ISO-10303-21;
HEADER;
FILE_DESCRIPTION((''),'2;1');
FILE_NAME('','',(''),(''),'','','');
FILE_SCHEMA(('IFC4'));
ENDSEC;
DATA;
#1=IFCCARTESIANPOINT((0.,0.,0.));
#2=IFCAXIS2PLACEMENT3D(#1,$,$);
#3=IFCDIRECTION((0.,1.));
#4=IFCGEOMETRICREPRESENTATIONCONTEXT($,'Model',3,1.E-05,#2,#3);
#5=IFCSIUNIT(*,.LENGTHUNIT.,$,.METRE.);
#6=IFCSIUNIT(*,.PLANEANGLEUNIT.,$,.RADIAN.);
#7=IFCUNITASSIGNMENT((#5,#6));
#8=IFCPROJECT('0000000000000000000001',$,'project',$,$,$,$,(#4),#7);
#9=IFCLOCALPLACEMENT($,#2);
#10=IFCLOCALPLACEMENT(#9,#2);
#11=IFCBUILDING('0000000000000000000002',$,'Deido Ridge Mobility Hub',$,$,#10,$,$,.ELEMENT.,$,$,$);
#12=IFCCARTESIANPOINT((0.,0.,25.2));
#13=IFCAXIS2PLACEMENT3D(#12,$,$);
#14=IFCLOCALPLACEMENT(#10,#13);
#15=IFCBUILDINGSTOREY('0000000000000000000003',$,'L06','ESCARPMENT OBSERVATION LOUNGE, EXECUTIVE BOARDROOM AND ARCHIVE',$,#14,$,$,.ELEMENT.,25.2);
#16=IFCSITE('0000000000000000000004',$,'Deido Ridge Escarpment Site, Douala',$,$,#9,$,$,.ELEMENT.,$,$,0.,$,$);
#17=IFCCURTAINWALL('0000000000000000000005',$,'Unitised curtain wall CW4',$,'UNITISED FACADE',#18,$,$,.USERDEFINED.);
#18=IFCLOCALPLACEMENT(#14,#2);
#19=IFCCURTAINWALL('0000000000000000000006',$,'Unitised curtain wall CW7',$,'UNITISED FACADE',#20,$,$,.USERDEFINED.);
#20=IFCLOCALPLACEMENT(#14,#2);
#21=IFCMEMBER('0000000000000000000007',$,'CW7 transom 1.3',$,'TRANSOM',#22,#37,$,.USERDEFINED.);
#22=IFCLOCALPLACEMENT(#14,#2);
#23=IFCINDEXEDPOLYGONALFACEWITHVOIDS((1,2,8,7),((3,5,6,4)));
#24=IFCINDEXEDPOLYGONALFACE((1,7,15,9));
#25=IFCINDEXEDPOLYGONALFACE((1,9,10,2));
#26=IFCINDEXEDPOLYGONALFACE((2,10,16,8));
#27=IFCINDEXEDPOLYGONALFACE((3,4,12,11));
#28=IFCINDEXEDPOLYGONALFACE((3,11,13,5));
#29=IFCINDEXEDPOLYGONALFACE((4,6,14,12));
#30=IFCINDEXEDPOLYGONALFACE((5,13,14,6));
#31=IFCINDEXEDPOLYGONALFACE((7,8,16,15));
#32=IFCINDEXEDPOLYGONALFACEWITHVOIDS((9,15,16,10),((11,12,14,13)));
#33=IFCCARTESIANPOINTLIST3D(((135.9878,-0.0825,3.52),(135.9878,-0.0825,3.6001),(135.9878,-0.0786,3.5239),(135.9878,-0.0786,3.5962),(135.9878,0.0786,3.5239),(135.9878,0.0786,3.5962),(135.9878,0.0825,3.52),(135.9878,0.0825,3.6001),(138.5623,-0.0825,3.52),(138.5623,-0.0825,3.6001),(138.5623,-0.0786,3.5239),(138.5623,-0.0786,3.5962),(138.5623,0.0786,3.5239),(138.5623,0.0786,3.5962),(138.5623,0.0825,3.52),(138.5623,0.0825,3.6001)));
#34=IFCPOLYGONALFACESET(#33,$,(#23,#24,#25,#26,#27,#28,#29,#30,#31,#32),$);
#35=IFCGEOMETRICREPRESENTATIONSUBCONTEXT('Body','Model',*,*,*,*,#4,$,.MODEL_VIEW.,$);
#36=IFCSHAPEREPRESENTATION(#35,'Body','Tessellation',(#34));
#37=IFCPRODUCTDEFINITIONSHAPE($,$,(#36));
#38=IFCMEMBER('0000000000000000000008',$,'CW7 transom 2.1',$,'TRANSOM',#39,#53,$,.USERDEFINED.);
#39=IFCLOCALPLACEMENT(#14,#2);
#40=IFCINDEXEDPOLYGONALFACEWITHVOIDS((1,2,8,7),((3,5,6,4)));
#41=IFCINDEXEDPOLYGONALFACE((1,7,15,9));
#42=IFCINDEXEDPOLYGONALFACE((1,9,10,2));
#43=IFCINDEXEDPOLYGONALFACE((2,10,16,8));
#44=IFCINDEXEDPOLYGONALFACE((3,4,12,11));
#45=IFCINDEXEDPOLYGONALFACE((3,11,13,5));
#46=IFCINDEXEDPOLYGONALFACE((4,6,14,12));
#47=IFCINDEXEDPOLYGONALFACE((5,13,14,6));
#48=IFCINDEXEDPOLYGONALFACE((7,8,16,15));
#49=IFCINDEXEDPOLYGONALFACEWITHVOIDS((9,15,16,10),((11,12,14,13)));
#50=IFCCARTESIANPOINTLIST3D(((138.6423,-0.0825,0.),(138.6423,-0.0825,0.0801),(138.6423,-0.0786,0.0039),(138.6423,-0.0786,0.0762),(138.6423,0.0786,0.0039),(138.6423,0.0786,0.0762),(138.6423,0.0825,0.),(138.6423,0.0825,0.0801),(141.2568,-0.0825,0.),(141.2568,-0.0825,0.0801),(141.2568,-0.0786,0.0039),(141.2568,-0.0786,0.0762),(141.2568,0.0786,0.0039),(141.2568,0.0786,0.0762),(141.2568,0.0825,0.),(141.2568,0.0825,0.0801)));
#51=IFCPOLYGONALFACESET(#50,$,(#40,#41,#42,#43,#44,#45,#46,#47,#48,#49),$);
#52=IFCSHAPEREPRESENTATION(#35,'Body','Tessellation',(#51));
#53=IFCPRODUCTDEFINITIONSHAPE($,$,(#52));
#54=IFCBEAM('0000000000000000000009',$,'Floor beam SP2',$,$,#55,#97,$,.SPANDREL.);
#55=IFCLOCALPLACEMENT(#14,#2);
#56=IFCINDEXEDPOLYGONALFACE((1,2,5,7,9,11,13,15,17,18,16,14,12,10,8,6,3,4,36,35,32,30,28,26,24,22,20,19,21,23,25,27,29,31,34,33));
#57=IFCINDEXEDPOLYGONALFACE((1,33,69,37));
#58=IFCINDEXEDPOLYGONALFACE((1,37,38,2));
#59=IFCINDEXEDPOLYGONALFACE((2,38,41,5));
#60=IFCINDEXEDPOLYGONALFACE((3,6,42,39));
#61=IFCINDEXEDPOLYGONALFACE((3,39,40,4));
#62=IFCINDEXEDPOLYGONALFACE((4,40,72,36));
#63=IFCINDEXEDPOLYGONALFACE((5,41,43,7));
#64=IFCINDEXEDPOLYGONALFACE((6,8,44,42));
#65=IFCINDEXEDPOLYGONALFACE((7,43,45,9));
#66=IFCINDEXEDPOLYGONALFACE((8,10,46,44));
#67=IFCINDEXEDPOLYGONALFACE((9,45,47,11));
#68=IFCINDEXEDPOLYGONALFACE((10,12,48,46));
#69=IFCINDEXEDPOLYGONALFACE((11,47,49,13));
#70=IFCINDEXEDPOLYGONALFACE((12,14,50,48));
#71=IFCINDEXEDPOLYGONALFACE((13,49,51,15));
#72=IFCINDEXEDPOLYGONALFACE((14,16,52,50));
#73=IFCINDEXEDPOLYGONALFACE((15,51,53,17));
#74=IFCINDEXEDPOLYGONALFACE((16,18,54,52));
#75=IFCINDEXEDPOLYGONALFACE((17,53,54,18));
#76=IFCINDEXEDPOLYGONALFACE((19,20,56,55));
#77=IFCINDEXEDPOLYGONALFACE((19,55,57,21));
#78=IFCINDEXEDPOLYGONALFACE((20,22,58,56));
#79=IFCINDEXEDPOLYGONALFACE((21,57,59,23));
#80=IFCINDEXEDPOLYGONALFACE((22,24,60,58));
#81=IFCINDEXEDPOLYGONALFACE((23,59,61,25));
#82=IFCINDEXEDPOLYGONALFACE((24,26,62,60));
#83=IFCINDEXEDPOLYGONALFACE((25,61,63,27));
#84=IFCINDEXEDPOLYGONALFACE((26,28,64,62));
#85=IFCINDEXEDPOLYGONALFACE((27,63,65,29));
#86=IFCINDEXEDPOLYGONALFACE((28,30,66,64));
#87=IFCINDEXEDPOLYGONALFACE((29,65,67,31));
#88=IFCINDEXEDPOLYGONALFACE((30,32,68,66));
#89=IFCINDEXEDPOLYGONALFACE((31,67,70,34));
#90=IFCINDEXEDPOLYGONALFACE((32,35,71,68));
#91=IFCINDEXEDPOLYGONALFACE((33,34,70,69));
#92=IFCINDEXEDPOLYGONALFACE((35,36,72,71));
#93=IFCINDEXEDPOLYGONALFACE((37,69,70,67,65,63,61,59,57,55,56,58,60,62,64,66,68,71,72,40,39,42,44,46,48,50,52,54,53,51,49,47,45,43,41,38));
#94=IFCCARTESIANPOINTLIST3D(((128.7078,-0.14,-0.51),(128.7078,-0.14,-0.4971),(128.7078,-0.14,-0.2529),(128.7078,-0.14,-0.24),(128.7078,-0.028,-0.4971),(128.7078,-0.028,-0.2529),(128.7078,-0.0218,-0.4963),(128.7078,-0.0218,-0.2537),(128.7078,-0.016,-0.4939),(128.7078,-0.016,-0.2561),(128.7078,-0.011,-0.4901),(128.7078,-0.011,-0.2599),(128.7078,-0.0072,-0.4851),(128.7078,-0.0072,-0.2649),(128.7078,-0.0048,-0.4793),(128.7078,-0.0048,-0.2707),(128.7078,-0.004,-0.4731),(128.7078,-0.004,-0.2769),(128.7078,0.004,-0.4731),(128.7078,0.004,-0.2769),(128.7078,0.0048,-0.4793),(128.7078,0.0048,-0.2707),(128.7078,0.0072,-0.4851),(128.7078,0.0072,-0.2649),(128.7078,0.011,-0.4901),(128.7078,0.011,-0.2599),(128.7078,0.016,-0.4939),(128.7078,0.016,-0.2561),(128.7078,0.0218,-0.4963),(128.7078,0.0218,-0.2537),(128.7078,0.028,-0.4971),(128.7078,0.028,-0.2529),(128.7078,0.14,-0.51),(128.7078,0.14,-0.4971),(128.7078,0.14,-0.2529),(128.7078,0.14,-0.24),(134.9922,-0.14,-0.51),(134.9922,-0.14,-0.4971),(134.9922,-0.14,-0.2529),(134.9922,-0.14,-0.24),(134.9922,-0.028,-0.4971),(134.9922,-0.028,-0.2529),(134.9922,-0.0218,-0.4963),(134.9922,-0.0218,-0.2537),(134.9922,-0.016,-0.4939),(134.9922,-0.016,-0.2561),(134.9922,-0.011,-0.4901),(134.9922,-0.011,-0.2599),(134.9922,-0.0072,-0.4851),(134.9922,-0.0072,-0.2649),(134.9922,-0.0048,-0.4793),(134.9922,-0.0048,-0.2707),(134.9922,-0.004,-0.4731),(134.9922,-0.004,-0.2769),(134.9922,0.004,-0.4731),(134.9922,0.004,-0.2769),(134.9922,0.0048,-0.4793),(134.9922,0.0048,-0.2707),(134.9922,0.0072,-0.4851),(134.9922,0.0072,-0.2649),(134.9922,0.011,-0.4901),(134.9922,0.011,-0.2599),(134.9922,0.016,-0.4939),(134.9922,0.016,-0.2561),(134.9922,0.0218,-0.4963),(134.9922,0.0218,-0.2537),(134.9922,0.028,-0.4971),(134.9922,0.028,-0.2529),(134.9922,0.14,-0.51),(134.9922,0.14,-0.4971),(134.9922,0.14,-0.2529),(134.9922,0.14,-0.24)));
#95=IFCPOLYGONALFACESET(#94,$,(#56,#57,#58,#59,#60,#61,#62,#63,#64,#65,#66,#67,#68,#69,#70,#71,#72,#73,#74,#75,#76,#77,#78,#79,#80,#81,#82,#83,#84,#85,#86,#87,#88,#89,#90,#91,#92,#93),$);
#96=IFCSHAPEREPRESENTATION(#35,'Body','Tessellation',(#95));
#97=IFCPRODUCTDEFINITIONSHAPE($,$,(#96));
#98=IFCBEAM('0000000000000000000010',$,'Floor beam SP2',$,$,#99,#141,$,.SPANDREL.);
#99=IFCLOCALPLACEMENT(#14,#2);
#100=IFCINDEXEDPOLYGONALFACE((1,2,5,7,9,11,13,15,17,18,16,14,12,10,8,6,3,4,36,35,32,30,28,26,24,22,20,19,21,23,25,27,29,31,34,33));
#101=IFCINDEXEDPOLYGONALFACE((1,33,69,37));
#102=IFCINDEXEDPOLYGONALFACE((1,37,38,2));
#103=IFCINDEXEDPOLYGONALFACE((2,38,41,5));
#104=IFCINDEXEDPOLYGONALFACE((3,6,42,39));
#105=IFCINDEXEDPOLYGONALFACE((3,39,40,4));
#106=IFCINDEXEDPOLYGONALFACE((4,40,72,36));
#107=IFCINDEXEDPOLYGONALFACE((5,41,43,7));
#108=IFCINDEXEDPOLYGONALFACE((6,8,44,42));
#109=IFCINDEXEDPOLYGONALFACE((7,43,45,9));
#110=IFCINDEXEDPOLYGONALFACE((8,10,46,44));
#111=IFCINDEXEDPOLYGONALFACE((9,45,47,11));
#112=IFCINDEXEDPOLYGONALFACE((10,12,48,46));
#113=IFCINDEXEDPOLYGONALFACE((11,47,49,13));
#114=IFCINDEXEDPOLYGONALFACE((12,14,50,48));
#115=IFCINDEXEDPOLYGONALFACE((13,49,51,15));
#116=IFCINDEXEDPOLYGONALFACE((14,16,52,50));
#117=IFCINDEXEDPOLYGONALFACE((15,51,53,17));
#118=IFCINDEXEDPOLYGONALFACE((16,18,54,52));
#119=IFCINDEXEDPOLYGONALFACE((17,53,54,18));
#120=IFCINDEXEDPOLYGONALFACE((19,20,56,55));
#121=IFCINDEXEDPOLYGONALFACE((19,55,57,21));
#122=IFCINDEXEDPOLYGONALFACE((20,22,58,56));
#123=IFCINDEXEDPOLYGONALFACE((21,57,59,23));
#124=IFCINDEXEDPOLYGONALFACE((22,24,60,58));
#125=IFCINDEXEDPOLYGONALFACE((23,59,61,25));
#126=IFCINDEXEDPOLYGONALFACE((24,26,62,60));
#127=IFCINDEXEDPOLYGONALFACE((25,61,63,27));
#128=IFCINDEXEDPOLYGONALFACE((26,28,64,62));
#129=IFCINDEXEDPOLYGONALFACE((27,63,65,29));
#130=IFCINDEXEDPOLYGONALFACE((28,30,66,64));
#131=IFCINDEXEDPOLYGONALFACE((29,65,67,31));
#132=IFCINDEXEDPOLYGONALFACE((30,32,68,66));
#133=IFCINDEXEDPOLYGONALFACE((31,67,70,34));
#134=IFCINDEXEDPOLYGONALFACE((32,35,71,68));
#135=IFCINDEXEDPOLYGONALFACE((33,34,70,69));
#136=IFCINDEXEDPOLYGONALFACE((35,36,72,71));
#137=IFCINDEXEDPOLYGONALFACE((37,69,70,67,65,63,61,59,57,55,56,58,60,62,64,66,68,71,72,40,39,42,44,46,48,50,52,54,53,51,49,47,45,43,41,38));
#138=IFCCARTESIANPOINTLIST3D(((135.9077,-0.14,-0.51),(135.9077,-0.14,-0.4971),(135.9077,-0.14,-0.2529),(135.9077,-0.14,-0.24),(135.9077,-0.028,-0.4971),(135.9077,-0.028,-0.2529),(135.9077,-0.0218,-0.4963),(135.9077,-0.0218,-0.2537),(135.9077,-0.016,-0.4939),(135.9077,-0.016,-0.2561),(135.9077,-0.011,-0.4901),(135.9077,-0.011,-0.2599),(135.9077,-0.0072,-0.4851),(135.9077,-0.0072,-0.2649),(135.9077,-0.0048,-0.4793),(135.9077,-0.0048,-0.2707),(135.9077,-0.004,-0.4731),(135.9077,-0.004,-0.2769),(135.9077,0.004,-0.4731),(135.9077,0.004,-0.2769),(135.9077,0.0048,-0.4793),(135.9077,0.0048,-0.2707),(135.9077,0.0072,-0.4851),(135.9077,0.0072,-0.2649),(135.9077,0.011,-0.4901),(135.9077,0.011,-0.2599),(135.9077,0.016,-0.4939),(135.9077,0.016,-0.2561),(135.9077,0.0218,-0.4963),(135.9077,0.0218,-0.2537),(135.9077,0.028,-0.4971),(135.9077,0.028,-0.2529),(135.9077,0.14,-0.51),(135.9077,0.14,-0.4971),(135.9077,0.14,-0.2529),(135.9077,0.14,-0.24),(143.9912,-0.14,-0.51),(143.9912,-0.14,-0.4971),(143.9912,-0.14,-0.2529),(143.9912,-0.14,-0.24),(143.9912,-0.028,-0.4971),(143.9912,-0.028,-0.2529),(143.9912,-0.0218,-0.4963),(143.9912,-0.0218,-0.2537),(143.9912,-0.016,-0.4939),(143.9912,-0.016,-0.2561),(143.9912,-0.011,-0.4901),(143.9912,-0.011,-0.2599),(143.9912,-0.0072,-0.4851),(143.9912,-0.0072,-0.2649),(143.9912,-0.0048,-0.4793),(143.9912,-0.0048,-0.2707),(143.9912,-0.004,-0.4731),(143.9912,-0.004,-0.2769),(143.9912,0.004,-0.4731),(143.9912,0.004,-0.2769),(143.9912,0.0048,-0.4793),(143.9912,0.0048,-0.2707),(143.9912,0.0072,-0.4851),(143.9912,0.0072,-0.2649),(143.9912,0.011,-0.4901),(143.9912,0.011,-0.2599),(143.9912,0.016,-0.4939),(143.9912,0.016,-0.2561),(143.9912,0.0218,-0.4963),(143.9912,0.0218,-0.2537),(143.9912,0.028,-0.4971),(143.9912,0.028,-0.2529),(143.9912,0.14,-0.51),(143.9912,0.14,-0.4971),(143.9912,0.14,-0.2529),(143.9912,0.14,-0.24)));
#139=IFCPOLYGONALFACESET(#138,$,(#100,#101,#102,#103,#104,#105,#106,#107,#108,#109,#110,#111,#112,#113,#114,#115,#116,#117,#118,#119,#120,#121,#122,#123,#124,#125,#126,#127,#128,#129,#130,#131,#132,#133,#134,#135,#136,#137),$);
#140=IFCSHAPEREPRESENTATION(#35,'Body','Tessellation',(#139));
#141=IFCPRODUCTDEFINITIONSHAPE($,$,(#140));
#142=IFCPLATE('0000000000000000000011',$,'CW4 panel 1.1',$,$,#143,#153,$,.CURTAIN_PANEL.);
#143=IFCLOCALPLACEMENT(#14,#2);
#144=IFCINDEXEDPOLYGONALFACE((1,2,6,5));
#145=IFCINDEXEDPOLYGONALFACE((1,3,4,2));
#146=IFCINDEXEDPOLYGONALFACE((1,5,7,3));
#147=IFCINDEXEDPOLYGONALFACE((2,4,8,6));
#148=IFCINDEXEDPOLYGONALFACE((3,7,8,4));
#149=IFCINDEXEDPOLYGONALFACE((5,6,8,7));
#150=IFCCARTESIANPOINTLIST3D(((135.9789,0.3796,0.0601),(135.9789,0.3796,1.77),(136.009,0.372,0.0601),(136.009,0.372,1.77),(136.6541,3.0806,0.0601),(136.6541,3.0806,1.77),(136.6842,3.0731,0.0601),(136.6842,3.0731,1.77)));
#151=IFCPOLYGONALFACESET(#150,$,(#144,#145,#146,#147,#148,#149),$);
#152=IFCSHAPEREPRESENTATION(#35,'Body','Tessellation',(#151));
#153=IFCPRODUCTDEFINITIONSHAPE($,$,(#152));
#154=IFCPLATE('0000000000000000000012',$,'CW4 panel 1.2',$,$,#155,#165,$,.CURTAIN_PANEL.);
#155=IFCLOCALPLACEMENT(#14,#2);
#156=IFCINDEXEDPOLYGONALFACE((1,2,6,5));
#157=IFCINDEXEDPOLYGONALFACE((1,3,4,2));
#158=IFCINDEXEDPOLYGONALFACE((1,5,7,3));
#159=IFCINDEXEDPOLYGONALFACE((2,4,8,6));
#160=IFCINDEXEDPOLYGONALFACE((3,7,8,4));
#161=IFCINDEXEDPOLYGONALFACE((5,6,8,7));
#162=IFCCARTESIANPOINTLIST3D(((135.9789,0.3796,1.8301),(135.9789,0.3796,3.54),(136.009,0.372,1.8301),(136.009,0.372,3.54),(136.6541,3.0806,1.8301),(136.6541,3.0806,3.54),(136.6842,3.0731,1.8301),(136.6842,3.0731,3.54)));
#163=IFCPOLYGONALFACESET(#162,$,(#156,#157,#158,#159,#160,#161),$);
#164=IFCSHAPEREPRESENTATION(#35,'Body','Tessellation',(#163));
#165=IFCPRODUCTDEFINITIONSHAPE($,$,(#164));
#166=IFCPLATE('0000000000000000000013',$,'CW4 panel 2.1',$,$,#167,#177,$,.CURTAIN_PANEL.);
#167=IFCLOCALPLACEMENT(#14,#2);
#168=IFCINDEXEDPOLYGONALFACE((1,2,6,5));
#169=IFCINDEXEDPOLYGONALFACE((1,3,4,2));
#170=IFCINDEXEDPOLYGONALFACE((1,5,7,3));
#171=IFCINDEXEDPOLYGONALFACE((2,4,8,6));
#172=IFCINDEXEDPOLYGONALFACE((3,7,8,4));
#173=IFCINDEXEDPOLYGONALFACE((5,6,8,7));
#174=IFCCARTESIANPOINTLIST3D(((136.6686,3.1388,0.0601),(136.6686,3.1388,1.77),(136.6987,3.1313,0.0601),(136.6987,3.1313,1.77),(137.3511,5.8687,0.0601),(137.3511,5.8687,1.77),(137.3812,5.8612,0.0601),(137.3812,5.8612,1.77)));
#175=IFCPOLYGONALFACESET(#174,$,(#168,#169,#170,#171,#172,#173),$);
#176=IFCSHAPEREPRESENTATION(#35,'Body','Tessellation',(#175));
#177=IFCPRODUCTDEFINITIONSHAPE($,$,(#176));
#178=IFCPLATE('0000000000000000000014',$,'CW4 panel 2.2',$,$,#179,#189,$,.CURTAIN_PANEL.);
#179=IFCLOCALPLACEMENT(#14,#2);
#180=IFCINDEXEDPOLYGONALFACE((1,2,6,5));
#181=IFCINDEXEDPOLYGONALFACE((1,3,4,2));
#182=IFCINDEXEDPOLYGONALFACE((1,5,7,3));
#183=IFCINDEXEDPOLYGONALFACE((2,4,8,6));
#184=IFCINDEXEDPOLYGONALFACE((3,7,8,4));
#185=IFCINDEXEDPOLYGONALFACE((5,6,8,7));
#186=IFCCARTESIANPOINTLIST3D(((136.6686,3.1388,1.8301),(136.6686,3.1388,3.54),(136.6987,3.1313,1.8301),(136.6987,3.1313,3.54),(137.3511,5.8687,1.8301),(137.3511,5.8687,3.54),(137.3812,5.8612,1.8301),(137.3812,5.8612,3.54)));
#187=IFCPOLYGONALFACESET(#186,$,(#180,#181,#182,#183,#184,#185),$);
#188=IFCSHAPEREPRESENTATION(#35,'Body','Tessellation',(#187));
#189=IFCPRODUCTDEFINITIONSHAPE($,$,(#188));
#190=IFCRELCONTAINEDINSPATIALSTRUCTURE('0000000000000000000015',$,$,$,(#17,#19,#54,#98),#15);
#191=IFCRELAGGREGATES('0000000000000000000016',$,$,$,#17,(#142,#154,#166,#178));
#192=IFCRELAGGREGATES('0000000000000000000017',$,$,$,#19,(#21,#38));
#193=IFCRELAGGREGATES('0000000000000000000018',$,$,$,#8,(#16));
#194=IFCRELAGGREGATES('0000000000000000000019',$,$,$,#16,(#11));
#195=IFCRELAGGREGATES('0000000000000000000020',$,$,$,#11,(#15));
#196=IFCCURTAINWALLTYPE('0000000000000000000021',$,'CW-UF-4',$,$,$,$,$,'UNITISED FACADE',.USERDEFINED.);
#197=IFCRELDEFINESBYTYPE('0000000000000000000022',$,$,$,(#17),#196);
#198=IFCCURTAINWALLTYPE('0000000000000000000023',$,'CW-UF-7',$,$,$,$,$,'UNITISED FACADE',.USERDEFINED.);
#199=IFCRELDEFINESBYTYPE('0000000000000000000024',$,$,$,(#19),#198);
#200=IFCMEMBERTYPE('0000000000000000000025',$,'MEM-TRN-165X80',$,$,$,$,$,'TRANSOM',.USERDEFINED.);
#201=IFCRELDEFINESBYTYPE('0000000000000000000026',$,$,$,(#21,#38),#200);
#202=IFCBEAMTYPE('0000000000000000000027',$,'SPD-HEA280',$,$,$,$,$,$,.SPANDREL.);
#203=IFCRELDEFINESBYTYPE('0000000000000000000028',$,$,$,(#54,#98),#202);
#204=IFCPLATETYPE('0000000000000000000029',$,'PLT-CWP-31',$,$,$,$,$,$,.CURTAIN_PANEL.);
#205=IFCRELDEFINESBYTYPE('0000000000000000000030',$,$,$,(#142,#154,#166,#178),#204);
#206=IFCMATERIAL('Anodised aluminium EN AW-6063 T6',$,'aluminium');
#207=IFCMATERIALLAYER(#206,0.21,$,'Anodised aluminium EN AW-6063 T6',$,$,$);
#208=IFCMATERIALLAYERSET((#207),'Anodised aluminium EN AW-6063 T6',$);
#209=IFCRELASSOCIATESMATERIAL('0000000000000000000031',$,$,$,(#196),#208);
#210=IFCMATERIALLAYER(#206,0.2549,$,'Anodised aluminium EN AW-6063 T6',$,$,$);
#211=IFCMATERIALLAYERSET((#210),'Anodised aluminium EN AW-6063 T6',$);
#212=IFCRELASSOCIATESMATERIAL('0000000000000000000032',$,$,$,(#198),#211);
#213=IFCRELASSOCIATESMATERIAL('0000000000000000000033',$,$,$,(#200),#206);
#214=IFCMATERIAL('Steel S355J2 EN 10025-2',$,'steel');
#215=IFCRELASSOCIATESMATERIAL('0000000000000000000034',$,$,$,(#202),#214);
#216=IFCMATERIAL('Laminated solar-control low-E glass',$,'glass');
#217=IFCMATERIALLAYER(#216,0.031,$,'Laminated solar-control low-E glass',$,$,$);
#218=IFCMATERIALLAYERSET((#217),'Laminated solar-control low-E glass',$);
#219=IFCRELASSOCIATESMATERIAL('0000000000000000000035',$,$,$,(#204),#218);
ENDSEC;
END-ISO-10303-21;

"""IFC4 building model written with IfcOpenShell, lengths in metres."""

from ifc_helpers import new_model, si_unit, direction, frame, origin, origin_2d, place, context, subcontext, project, spatial, rectangle, hollow_rectangle, i_section, extrude, material, layer, layer_set, material_profile, profile_set, type_object, element, aggregate, save


model = new_model("IFC4")

# Units and contexts
model_context = context("Model", 3, precision=1e-05, world=origin(), true_north=direction((0.0, 1.0)))
body_context = subcontext(model_context, "Body", "Model", "MODEL_VIEW")
ifc_project = project(units=[si_unit("LENGTHUNIT", "METRE"), si_unit("PLANEANGLEUNIT", "RADIAN")], contexts=[model_context])

# Site, building, storey
site_placement = place(None, origin())
site = spatial("IfcSite", under=ifc_project, at=site_placement, Name="Deido Ridge Escarpment Site, Douala", CompositionType="ELEMENT", RefElevation=0.0)
building_placement = place(site_placement, origin())
building = spatial("IfcBuilding", under=site, at=building_placement, Name="Deido Ridge Mobility Hub", CompositionType="ELEMENT")
storey_placement = place(building_placement, frame((0.0, 0.0, 25.2)))
storey = spatial("IfcBuildingStorey", under=building, at=storey_placement, Name="L06", Description="ESCARPMENT OBSERVATION LOUNGE, EXECUTIVE BOARDROOM AND ARCHIVE", CompositionType="ELEMENT", Elevation=25.2)

# Shared definitions
ifc_material_1 = material(Name="Steel S355J2 EN 10025-2", Category="steel")

# Curtain walls
ifc_material_2 = material(Name="Anodised aluminium EN AW-6063 T6", Category="aluminium")
ifc_layer_1 = layer(ifc_material_2, 0.21, Name="Anodised aluminium EN AW-6063 T6")
ifc_layer_set_1 = layer_set([ifc_layer_1], Name="Anodised aluminium EN AW-6063 T6")
curtain_wall_type_1 = type_object("IfcCurtainWallType", Name="CW-UF-4", ElementType="UNITISED FACADE", PredefinedType="USERDEFINED", material=ifc_layer_set_1)
curtain_wall_1_placement = place(storey_placement, origin())
curtain_wall_1 = element("IfcCurtainWall", 1, at=curtain_wall_1_placement, inside=storey, type_object=curtain_wall_type_1, Name="Unitised curtain wall CW4", ObjectType="UNITISED FACADE", PredefinedType="USERDEFINED")
ifc_layer_2 = layer(ifc_material_2, 0.2549, Name="Anodised aluminium EN AW-6063 T6")
ifc_layer_set_2 = layer_set([ifc_layer_2], Name="Anodised aluminium EN AW-6063 T6")
curtain_wall_type_2 = type_object("IfcCurtainWallType", Name="CW-UF-7", ElementType="UNITISED FACADE", PredefinedType="USERDEFINED", material=ifc_layer_set_2)
curtain_wall_2_placement = place(storey_placement, origin())
curtain_wall_2 = element("IfcCurtainWall", 2, at=curtain_wall_2_placement, inside=storey, type_object=curtain_wall_type_2, Name="Unitised curtain wall CW7", ObjectType="UNITISED FACADE", PredefinedType="USERDEFINED")

# Members
ifc_material_profile_1 = material_profile(ifc_material_2, hollow_rectangle(XDim=0.165, YDim=0.0801, WallThickness=0.0039, at=origin_2d()), Name="RHS 165x80x4")
ifc_profile_set_1 = profile_set([ifc_material_profile_1], Name="Anodised aluminium EN AW-6063 T6")
member_type_1 = type_object("IfcMemberType", Name="MEM-TRN-165X80", ElementType="TRANSOM", PredefinedType="USERDEFINED", material=ifc_profile_set_1)
member_1_placement = place(storey_placement, frame((135.9878, 0.0, 3.5601), z_axis=(1.0, 0.0, 0.0), x_axis=(0.0, 1.0, 0.0)))
member_1 = element("IfcMember", 3, at=member_1_placement, type_object=member_type_1, Name="CW7 transom 1.3", ObjectType="TRANSOM", PredefinedType="USERDEFINED", context=body_context, shape_type="SweptSolid", body=[
    extrude(hollow_rectangle(XDim=0.165, YDim=0.0801, WallThickness=0.0039, at=origin_2d()), origin(), (0.0, 0.0, 1.0), 2.5745),
])
member_2_placement = place(storey_placement, frame((138.6423, 0.0, 0.04), z_axis=(1.0, 0.0, 0.0), x_axis=(0.0, 1.0, 0.0)))
member_2 = element("IfcMember", 4, at=member_2_placement, type_object=member_type_1, Name="CW7 transom 2.1", ObjectType="TRANSOM", PredefinedType="USERDEFINED", context=body_context, shape_type="SweptSolid", body=[
    extrude(hollow_rectangle(XDim=0.165, YDim=0.0801, WallThickness=0.0039, at=origin_2d()), origin(), (0.0, 0.0, 1.0), 2.6145),
])

# Beams
ifc_material_profile_2 = material_profile(ifc_material_1, i_section(OverallWidth=0.28, OverallDepth=0.27, WebThickness=0.0081, FlangeThickness=0.0129, FilletRadius=0.0239, at=origin_2d()), Name="HEA 280")
ifc_profile_set_2 = profile_set([ifc_material_profile_2], Name="Steel S355J2 EN 10025-2")
beam_type_1 = type_object("IfcBeamType", Name="SPD-HEA280", PredefinedType="SPANDREL", material=ifc_profile_set_2)
beam_1_placement = place(storey_placement, frame((128.7078, 0.0, -0.375), z_axis=(1.0, 0.0, 0.0), x_axis=(0.0, 1.0, 0.0)))
element("IfcBeam", 5, at=beam_1_placement, inside=storey, type_object=beam_type_1, Name="Floor beam SP2", PredefinedType="SPANDREL", context=body_context, shape_type="SweptSolid", body=[
    extrude(i_section(OverallWidth=0.28, OverallDepth=0.27, WebThickness=0.0081, FlangeThickness=0.0129, FilletRadius=0.0239, at=origin_2d()), origin(), (0.0, 0.0, 1.0), 6.2844),
])
beam_2_placement = place(storey_placement, frame((135.9077, 0.0, -0.375), z_axis=(1.0, 0.0, 0.0), x_axis=(0.0, 1.0, 0.0)))
element("IfcBeam", 6, at=beam_2_placement, inside=storey, type_object=beam_type_1, Name="Floor beam SP2", PredefinedType="SPANDREL", context=body_context, shape_type="SweptSolid", body=[
    extrude(i_section(OverallWidth=0.28, OverallDepth=0.27, WebThickness=0.0081, FlangeThickness=0.0129, FilletRadius=0.0239, at=origin_2d()), origin(), (0.0, 0.0, 1.0), 8.0835),
])

# Plates
ifc_material_3 = material(Name="Laminated solar-control low-E glass", Category="glass")
ifc_layer_3 = layer(ifc_material_3, 0.031, Name="Laminated solar-control low-E glass")
ifc_layer_set_3 = layer_set([ifc_layer_3], Name="Laminated solar-control low-E glass")
plate_type_1 = type_object("IfcPlateType", Name="PLT-CWP-31", PredefinedType="CURTAIN_PANEL", material=ifc_layer_set_3)
plate_1_placement = place(storey_placement, frame((136.3315, 1.7263, 0.0601), z_axis=(0.0, 0.0, 1.0), x_axis=(0.242536, 0.970143, 0.0)))
plate_1 = element("IfcPlate", 7, at=plate_1_placement, type_object=plate_type_1, Name="CW4 panel 1.1", PredefinedType="CURTAIN_PANEL", context=body_context, shape_type="SweptSolid", body=[
    extrude(rectangle(XDim=2.7842, YDim=0.031, at=origin_2d()), origin(), (0.0, 0.0, 1.0), 1.71),
])
plate_2_placement = place(storey_placement, frame((136.3315, 1.7263, 1.8301), z_axis=(0.0, 0.0, 1.0), x_axis=(0.242536, 0.970143, 0.0)))
plate_2 = element("IfcPlate", 8, at=plate_2_placement, type_object=plate_type_1, Name="CW4 panel 1.2", PredefinedType="CURTAIN_PANEL", context=body_context, shape_type="SweptSolid", body=[
    extrude(rectangle(XDim=2.7842, YDim=0.031, at=origin_2d()), origin(), (0.0, 0.0, 1.0), 1.71),
])
plate_3_placement = place(storey_placement, frame((137.0249, 4.5, 0.0601), z_axis=(0.0, 0.0, 1.0), x_axis=(0.242536, 0.970143, 0.0)))
plate_3 = element("IfcPlate", 9, at=plate_3_placement, type_object=plate_type_1, Name="CW4 panel 2.1", PredefinedType="CURTAIN_PANEL", context=body_context, shape_type="SweptSolid", body=[
    extrude(rectangle(XDim=2.814, YDim=0.031, at=origin_2d()), origin(), (0.0, 0.0, 1.0), 1.71),
])
plate_4_placement = place(storey_placement, frame((137.0249, 4.5, 1.8301), z_axis=(0.0, 0.0, 1.0), x_axis=(0.242536, 0.970143, 0.0)))
plate_4 = element("IfcPlate", 10, at=plate_4_placement, type_object=plate_type_1, Name="CW4 panel 2.2", PredefinedType="CURTAIN_PANEL", context=body_context, shape_type="SweptSolid", body=[
    extrude(rectangle(XDim=2.814, YDim=0.031, at=origin_2d()), origin(), (0.0, 0.0, 1.0), 1.71),
])
aggregate(curtain_wall_1, [plate_1, plate_2, plate_3, plate_4])
aggregate(curtain_wall_2, [member_1, member_2])

save(model, "model.ifc")
